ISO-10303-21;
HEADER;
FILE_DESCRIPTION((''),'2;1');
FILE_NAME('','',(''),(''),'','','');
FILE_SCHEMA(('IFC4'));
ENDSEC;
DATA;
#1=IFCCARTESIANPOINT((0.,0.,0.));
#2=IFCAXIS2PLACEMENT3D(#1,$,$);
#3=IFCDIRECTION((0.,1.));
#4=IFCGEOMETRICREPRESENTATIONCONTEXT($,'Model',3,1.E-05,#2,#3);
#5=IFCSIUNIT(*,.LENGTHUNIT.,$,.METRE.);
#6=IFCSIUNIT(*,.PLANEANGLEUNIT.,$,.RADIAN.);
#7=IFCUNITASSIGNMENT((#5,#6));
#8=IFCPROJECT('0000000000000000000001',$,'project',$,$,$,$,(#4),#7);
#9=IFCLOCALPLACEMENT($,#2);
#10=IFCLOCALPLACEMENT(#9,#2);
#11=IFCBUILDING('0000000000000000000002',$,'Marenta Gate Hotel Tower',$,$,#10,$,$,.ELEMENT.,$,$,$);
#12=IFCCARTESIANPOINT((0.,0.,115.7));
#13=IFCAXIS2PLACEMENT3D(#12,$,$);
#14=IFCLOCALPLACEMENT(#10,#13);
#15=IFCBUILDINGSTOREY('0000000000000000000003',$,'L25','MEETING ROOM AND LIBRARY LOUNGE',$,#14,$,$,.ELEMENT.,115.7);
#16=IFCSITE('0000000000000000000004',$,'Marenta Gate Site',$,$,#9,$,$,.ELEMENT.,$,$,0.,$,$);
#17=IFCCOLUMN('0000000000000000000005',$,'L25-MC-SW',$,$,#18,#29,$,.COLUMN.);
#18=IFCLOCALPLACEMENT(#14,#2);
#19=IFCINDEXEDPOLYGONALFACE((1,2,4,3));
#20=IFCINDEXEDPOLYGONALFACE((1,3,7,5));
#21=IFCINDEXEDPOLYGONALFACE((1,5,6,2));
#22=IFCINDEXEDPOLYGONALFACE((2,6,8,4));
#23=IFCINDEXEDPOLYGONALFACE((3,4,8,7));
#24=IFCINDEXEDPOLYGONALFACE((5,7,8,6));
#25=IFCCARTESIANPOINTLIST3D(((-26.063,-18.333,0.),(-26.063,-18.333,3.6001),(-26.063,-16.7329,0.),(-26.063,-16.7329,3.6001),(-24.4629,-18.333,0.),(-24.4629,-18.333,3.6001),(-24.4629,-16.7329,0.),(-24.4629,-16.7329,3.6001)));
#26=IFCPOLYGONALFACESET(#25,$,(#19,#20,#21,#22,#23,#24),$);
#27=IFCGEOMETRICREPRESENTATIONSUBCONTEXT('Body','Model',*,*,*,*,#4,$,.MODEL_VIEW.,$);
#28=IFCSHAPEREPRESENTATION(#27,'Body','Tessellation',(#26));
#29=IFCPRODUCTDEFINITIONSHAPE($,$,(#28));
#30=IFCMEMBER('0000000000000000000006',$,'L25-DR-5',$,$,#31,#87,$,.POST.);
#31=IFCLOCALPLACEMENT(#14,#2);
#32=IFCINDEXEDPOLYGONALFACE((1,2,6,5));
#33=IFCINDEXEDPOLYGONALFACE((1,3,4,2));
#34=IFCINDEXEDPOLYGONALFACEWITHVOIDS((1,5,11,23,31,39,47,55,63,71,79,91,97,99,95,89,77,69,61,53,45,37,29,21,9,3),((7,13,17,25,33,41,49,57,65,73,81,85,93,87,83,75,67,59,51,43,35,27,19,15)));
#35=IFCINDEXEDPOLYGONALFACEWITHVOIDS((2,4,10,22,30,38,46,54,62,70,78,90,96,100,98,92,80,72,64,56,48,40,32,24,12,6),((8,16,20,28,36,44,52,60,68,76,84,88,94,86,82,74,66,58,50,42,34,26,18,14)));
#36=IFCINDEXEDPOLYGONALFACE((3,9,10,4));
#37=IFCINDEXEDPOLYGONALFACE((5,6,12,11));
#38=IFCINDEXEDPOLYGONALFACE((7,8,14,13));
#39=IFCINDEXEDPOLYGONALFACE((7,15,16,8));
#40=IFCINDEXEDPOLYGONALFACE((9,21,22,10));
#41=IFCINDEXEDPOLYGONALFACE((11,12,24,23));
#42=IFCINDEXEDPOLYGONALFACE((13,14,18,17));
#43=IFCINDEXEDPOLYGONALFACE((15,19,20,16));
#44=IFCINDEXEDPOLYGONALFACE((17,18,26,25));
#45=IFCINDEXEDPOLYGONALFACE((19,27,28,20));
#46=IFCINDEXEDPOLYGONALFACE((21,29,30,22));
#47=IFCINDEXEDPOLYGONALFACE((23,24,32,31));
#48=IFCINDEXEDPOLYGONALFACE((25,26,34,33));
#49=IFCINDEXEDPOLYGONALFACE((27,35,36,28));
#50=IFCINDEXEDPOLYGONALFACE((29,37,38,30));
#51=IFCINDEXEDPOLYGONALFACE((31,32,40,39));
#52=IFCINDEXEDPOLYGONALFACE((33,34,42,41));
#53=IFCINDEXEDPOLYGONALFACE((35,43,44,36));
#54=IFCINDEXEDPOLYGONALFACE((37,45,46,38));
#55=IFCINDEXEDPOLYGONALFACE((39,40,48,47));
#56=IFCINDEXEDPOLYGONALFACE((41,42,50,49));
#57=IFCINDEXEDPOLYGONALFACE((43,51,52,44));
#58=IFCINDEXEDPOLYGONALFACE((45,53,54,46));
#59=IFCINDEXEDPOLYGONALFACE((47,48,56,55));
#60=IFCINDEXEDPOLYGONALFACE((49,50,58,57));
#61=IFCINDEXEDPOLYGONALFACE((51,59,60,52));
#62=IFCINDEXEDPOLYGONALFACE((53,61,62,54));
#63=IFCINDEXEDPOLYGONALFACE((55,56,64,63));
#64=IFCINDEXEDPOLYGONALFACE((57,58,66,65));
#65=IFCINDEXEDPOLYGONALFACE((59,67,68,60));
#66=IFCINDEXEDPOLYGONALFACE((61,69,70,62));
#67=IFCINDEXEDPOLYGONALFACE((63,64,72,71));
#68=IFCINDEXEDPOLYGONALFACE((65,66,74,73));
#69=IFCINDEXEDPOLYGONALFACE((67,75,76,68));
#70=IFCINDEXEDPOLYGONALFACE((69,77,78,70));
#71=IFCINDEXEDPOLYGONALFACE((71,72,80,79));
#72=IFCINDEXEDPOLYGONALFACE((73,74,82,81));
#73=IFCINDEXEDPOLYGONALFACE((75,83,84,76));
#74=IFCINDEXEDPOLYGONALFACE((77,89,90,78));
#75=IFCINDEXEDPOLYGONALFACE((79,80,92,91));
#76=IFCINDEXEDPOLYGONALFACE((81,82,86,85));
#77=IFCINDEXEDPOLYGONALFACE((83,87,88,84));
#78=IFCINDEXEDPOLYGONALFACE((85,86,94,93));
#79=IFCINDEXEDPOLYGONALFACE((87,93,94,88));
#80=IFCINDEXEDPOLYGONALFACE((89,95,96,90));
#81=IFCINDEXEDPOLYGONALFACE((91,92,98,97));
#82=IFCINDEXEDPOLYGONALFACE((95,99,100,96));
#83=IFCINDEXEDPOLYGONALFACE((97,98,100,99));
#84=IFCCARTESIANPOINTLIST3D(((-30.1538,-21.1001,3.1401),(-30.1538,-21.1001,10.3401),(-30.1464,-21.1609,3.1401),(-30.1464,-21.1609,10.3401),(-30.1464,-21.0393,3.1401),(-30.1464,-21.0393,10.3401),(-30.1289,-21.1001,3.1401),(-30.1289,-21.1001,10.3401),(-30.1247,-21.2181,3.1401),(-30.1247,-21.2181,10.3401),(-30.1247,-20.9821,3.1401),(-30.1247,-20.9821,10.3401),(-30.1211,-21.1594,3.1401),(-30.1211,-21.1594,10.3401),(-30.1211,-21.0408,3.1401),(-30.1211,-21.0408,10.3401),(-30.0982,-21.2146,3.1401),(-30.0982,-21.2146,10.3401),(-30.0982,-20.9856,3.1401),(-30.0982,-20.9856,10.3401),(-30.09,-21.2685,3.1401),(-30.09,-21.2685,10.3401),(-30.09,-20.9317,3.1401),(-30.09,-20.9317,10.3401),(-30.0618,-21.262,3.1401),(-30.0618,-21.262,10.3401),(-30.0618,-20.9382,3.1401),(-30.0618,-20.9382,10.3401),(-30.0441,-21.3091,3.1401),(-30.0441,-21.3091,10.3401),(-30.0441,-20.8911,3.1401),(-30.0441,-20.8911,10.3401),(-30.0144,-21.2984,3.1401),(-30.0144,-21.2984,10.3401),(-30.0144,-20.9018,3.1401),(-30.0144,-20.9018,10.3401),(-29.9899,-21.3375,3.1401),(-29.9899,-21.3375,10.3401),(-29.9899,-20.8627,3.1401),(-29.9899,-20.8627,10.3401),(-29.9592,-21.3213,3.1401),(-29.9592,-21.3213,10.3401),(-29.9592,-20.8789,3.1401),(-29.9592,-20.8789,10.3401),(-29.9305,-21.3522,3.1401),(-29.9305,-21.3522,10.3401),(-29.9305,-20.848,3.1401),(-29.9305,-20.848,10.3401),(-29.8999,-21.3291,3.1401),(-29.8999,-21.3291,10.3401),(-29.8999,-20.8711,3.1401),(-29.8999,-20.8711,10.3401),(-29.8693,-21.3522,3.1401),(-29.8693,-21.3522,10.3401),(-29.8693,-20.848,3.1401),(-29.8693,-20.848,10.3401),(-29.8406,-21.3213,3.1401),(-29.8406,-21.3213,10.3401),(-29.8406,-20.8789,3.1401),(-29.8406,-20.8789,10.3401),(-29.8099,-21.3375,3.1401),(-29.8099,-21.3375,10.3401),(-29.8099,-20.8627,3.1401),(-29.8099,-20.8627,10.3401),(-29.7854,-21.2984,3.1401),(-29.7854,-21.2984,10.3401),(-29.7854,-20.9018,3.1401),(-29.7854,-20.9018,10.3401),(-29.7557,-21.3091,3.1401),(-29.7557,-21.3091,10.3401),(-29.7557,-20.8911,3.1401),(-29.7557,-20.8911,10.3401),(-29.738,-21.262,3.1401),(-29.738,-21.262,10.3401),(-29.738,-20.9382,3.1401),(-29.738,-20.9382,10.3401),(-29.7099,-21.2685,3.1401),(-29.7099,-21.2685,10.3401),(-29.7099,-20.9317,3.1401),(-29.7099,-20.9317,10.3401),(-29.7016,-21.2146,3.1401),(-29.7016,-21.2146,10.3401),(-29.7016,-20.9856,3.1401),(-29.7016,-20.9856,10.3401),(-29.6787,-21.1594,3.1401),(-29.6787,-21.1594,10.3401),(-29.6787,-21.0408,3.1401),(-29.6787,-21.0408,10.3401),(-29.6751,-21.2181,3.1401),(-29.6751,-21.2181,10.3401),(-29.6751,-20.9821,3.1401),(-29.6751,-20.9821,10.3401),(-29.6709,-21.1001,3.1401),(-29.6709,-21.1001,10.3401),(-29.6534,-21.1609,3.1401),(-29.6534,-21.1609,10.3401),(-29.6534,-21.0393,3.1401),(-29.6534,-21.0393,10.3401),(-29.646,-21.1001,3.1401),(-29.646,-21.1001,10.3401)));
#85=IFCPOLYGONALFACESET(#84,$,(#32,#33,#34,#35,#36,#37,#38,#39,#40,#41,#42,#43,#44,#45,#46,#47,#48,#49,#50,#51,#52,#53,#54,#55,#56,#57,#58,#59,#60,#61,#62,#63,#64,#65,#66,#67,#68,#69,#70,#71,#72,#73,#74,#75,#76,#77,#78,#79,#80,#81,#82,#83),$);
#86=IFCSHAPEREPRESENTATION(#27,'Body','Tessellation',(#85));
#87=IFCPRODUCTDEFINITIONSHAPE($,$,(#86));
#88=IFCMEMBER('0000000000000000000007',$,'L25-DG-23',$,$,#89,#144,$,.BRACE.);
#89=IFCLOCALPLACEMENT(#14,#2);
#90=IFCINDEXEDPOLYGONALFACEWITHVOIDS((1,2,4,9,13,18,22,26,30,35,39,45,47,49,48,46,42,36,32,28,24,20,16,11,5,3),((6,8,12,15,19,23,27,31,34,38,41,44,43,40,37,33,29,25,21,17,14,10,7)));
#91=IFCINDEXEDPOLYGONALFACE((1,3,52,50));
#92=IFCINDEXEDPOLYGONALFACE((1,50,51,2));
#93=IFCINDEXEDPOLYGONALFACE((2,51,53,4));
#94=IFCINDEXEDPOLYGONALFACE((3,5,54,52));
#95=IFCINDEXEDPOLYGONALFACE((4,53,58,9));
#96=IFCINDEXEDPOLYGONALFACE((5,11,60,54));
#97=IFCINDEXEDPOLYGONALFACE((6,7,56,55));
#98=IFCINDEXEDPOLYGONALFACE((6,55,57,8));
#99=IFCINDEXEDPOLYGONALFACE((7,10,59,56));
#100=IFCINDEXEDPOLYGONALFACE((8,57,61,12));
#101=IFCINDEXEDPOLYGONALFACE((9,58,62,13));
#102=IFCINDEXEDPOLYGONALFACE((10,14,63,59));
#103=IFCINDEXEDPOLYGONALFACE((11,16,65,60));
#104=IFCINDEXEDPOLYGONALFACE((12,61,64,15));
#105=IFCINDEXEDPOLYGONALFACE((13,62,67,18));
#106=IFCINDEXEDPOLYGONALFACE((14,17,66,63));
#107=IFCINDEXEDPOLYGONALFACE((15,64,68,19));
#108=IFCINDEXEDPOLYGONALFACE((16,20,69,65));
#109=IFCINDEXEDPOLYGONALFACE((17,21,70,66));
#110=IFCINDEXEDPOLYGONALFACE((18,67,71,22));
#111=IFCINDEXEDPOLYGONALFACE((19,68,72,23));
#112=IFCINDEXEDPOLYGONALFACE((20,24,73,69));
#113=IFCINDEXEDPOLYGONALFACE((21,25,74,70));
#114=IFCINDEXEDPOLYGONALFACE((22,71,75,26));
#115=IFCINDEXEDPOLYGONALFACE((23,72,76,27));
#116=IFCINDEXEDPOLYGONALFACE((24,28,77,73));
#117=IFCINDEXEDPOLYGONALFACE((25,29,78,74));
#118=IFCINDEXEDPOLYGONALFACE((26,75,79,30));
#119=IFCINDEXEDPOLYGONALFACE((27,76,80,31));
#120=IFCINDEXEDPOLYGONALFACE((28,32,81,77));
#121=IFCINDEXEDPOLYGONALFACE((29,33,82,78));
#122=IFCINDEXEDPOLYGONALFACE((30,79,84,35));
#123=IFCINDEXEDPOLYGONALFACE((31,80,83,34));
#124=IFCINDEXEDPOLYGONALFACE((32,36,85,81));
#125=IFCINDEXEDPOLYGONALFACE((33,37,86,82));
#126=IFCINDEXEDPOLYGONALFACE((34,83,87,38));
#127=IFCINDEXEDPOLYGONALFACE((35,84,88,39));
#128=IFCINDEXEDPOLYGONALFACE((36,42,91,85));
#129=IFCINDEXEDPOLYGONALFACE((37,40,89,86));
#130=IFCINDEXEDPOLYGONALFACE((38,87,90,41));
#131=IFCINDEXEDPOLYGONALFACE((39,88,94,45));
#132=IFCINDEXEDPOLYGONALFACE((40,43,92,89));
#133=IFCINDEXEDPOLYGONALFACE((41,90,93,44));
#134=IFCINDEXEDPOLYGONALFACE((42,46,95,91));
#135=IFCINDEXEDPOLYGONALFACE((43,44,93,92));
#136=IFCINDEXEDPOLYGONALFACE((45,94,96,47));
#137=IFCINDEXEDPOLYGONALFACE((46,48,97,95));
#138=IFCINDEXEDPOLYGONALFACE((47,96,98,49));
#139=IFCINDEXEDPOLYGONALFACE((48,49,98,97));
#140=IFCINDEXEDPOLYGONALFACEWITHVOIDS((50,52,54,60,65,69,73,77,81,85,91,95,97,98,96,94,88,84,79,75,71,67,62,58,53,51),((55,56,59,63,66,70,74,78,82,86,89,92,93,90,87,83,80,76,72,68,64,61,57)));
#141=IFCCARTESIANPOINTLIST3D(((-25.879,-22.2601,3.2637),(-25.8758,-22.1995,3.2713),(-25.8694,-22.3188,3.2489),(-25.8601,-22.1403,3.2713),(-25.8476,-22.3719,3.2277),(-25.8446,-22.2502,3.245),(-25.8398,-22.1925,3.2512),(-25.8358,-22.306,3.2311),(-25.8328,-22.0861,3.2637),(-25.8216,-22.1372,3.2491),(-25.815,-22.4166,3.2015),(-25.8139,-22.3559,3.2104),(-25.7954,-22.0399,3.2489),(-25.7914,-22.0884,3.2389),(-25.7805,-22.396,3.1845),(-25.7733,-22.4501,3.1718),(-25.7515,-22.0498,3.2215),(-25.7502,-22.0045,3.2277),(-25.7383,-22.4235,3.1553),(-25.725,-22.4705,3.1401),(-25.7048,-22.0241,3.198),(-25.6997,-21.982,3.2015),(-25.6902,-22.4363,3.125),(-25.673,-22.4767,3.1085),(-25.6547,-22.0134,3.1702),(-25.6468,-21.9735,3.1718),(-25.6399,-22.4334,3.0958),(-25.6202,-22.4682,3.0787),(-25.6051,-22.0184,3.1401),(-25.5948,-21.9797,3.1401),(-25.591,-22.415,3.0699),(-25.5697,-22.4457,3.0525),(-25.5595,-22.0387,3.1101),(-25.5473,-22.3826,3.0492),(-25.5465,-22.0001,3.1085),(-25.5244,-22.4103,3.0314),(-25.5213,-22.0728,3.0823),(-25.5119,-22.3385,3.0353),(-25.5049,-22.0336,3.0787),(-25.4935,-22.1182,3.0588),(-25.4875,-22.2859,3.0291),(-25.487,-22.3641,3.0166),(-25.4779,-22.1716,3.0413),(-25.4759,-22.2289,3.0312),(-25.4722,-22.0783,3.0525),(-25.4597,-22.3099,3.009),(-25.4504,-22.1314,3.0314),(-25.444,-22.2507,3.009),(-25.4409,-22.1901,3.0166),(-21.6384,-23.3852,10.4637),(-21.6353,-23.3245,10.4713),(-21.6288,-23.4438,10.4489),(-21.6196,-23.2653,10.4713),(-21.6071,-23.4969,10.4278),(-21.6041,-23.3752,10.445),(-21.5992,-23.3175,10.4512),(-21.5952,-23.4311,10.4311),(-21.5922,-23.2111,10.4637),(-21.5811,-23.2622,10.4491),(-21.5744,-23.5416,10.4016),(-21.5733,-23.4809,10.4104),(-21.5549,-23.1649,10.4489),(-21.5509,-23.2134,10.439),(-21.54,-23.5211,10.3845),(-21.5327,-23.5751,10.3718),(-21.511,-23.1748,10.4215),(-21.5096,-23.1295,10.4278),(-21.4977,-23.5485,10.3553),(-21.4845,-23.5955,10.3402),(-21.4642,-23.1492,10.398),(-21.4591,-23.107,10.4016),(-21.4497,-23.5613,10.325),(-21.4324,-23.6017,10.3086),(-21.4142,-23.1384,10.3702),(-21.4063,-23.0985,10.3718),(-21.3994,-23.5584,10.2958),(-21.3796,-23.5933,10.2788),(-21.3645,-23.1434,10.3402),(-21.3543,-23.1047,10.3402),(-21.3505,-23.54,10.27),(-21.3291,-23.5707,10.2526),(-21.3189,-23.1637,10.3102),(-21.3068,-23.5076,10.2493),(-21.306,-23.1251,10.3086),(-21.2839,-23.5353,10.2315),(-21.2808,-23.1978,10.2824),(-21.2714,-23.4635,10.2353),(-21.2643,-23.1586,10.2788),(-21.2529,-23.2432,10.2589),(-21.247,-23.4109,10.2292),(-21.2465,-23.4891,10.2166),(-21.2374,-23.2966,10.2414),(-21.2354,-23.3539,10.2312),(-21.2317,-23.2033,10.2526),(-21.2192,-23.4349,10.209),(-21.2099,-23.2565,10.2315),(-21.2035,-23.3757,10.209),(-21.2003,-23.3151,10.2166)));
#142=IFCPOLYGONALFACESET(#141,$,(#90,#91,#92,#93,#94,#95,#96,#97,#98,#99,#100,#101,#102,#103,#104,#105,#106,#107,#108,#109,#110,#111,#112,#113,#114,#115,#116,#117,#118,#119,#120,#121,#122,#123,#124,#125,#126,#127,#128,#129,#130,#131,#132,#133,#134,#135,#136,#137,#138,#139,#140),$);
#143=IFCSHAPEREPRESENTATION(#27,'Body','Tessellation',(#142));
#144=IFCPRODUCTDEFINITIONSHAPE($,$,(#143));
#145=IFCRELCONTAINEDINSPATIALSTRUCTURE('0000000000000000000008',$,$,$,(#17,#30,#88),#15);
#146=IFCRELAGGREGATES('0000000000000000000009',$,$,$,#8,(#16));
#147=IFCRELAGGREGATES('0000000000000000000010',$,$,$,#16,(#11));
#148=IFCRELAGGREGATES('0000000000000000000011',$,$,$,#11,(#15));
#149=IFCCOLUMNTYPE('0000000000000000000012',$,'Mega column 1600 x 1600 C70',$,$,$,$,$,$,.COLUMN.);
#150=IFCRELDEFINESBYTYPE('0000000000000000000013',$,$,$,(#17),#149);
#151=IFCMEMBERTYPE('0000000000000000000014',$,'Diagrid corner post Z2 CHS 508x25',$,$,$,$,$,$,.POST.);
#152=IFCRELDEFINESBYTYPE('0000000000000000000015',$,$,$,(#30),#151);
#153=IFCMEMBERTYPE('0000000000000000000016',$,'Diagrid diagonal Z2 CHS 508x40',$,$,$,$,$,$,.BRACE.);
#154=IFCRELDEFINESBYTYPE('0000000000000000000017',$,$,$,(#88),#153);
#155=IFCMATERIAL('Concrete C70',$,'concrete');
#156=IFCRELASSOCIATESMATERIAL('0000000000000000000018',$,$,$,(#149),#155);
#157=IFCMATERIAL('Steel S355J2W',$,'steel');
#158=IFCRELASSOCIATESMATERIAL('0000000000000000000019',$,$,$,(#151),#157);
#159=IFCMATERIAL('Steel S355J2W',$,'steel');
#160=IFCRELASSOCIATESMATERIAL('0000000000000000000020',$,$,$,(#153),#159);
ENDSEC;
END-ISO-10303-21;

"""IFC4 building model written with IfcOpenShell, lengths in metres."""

from ifc_helpers import new_model, si_unit, direction, frame, origin, origin_2d, place, context, subcontext, project, spatial, rectangle, hollow_circle, extrude, material, material_profile, profile_set, type_object, element, save


model = new_model("IFC4")

# Units and contexts
model_context = context("Model", 3, precision=1e-05, world=origin(), true_north=direction((0.0, 1.0)))
body_context = subcontext(model_context, "Body", "Model", "MODEL_VIEW")
ifc_project = project(units=[si_unit("LENGTHUNIT", "METRE"), si_unit("PLANEANGLEUNIT", "RADIAN")], contexts=[model_context])

# Site, building, storey
site_placement = place(None, origin())
site = spatial("IfcSite", under=ifc_project, at=site_placement, Name="Marenta Gate Site", CompositionType="ELEMENT", RefElevation=0.0)
building_placement = place(site_placement, origin())
building = spatial("IfcBuilding", under=site, at=building_placement, Name="Marenta Gate Hotel Tower", CompositionType="ELEMENT")
storey_placement = place(building_placement, frame((0.0, 0.0, 115.7)))
storey = spatial("IfcBuildingStorey", under=building, at=storey_placement, Name="L25", Description="MEETING ROOM AND LIBRARY LOUNGE", CompositionType="ELEMENT", Elevation=115.7)

# Column
ifc_material_1 = material(Name="Concrete C70", Category="concrete")
ifc_material_profile_1 = material_profile(ifc_material_1, rectangle(XDim=1.6001, YDim=1.6001, at=origin_2d()), Name="1600 x 1600")
ifc_profile_set_1 = profile_set([ifc_material_profile_1], Name="Concrete C70")
column_type = type_object("IfcColumnType", Name="Mega column 1600 x 1600 C70", PredefinedType="COLUMN", material=ifc_profile_set_1)
column_placement = place(storey_placement, frame((-25.2629, -17.533, 0.0), z_axis=(0.0, 0.0, 1.0), x_axis=(1.0, 0.0, 0.0)))
element("IfcColumn", 1, at=column_placement, inside=storey, type_object=column_type, Name="L25-MC-SW", PredefinedType="COLUMN", context=body_context, shape_type="SweptSolid", body=[
    extrude(rectangle(XDim=1.6001, YDim=1.6001, at=origin_2d()), origin(), (0.0, 0.0, 1.0), 3.6001),
])

# Members
ifc_material_2 = material(Name="Steel S355J2W", Category="steel")
ifc_material_profile_2 = material_profile(ifc_material_2, hollow_circle(Radius=0.2539, WallThickness=0.0249, at=origin_2d()), Name="CHS 508x25")
ifc_profile_set_2 = profile_set([ifc_material_profile_2], Name="Steel S355J2W")
member_type_1 = type_object("IfcMemberType", Name="Diagrid corner post Z2 CHS 508x25", PredefinedType="POST", material=ifc_profile_set_2)
member_1_placement = place(storey_placement, frame((-29.8999, -21.1001, 3.1401), z_axis=(0.0, 0.0, 1.0), x_axis=(1.0, 0.0, 0.0)))
element("IfcMember", 2, at=member_1_placement, inside=storey, type_object=member_type_1, Name="L25-DR-5", PredefinedType="POST", context=body_context, shape_type="SweptSolid", body=[
    extrude(hollow_circle(Radius=0.2539, WallThickness=0.0249, at=origin_2d()), origin(), (0.0, 0.0, 1.0), 7.2),
])
ifc_material_3 = material(Name="Steel S355J2W", Category="steel")
ifc_material_profile_3 = material_profile(ifc_material_3, hollow_circle(Radius=0.2539, WallThickness=0.04, at=origin_2d()), Name="CHS 508x40")
ifc_profile_set_3 = profile_set([ifc_material_profile_3], Name="Steel S355J2W")
member_type_2 = type_object("IfcMemberType", Name="Diagrid diagonal Z2 CHS 508x40", PredefinedType="BRACE", material=ifc_profile_set_3)
member_2_placement = place(storey_placement, frame((-25.6599, -22.2251, 3.1401), z_axis=(0.502946, -0.133432, 0.853956), x_axis=(0.256429, 0.966563, 0.0)))
element("IfcMember", 3, at=member_2_placement, inside=storey, type_object=member_type_2, Name="L25-DG-23", PredefinedType="BRACE", context=body_context, shape_type="SweptSolid", body=[
    extrude(hollow_circle(Radius=0.2539, WallThickness=0.04, at=origin_2d()), origin(), (0.0, 0.0, 1.0), 8.4314),
])

save(model, "model.ifc")
